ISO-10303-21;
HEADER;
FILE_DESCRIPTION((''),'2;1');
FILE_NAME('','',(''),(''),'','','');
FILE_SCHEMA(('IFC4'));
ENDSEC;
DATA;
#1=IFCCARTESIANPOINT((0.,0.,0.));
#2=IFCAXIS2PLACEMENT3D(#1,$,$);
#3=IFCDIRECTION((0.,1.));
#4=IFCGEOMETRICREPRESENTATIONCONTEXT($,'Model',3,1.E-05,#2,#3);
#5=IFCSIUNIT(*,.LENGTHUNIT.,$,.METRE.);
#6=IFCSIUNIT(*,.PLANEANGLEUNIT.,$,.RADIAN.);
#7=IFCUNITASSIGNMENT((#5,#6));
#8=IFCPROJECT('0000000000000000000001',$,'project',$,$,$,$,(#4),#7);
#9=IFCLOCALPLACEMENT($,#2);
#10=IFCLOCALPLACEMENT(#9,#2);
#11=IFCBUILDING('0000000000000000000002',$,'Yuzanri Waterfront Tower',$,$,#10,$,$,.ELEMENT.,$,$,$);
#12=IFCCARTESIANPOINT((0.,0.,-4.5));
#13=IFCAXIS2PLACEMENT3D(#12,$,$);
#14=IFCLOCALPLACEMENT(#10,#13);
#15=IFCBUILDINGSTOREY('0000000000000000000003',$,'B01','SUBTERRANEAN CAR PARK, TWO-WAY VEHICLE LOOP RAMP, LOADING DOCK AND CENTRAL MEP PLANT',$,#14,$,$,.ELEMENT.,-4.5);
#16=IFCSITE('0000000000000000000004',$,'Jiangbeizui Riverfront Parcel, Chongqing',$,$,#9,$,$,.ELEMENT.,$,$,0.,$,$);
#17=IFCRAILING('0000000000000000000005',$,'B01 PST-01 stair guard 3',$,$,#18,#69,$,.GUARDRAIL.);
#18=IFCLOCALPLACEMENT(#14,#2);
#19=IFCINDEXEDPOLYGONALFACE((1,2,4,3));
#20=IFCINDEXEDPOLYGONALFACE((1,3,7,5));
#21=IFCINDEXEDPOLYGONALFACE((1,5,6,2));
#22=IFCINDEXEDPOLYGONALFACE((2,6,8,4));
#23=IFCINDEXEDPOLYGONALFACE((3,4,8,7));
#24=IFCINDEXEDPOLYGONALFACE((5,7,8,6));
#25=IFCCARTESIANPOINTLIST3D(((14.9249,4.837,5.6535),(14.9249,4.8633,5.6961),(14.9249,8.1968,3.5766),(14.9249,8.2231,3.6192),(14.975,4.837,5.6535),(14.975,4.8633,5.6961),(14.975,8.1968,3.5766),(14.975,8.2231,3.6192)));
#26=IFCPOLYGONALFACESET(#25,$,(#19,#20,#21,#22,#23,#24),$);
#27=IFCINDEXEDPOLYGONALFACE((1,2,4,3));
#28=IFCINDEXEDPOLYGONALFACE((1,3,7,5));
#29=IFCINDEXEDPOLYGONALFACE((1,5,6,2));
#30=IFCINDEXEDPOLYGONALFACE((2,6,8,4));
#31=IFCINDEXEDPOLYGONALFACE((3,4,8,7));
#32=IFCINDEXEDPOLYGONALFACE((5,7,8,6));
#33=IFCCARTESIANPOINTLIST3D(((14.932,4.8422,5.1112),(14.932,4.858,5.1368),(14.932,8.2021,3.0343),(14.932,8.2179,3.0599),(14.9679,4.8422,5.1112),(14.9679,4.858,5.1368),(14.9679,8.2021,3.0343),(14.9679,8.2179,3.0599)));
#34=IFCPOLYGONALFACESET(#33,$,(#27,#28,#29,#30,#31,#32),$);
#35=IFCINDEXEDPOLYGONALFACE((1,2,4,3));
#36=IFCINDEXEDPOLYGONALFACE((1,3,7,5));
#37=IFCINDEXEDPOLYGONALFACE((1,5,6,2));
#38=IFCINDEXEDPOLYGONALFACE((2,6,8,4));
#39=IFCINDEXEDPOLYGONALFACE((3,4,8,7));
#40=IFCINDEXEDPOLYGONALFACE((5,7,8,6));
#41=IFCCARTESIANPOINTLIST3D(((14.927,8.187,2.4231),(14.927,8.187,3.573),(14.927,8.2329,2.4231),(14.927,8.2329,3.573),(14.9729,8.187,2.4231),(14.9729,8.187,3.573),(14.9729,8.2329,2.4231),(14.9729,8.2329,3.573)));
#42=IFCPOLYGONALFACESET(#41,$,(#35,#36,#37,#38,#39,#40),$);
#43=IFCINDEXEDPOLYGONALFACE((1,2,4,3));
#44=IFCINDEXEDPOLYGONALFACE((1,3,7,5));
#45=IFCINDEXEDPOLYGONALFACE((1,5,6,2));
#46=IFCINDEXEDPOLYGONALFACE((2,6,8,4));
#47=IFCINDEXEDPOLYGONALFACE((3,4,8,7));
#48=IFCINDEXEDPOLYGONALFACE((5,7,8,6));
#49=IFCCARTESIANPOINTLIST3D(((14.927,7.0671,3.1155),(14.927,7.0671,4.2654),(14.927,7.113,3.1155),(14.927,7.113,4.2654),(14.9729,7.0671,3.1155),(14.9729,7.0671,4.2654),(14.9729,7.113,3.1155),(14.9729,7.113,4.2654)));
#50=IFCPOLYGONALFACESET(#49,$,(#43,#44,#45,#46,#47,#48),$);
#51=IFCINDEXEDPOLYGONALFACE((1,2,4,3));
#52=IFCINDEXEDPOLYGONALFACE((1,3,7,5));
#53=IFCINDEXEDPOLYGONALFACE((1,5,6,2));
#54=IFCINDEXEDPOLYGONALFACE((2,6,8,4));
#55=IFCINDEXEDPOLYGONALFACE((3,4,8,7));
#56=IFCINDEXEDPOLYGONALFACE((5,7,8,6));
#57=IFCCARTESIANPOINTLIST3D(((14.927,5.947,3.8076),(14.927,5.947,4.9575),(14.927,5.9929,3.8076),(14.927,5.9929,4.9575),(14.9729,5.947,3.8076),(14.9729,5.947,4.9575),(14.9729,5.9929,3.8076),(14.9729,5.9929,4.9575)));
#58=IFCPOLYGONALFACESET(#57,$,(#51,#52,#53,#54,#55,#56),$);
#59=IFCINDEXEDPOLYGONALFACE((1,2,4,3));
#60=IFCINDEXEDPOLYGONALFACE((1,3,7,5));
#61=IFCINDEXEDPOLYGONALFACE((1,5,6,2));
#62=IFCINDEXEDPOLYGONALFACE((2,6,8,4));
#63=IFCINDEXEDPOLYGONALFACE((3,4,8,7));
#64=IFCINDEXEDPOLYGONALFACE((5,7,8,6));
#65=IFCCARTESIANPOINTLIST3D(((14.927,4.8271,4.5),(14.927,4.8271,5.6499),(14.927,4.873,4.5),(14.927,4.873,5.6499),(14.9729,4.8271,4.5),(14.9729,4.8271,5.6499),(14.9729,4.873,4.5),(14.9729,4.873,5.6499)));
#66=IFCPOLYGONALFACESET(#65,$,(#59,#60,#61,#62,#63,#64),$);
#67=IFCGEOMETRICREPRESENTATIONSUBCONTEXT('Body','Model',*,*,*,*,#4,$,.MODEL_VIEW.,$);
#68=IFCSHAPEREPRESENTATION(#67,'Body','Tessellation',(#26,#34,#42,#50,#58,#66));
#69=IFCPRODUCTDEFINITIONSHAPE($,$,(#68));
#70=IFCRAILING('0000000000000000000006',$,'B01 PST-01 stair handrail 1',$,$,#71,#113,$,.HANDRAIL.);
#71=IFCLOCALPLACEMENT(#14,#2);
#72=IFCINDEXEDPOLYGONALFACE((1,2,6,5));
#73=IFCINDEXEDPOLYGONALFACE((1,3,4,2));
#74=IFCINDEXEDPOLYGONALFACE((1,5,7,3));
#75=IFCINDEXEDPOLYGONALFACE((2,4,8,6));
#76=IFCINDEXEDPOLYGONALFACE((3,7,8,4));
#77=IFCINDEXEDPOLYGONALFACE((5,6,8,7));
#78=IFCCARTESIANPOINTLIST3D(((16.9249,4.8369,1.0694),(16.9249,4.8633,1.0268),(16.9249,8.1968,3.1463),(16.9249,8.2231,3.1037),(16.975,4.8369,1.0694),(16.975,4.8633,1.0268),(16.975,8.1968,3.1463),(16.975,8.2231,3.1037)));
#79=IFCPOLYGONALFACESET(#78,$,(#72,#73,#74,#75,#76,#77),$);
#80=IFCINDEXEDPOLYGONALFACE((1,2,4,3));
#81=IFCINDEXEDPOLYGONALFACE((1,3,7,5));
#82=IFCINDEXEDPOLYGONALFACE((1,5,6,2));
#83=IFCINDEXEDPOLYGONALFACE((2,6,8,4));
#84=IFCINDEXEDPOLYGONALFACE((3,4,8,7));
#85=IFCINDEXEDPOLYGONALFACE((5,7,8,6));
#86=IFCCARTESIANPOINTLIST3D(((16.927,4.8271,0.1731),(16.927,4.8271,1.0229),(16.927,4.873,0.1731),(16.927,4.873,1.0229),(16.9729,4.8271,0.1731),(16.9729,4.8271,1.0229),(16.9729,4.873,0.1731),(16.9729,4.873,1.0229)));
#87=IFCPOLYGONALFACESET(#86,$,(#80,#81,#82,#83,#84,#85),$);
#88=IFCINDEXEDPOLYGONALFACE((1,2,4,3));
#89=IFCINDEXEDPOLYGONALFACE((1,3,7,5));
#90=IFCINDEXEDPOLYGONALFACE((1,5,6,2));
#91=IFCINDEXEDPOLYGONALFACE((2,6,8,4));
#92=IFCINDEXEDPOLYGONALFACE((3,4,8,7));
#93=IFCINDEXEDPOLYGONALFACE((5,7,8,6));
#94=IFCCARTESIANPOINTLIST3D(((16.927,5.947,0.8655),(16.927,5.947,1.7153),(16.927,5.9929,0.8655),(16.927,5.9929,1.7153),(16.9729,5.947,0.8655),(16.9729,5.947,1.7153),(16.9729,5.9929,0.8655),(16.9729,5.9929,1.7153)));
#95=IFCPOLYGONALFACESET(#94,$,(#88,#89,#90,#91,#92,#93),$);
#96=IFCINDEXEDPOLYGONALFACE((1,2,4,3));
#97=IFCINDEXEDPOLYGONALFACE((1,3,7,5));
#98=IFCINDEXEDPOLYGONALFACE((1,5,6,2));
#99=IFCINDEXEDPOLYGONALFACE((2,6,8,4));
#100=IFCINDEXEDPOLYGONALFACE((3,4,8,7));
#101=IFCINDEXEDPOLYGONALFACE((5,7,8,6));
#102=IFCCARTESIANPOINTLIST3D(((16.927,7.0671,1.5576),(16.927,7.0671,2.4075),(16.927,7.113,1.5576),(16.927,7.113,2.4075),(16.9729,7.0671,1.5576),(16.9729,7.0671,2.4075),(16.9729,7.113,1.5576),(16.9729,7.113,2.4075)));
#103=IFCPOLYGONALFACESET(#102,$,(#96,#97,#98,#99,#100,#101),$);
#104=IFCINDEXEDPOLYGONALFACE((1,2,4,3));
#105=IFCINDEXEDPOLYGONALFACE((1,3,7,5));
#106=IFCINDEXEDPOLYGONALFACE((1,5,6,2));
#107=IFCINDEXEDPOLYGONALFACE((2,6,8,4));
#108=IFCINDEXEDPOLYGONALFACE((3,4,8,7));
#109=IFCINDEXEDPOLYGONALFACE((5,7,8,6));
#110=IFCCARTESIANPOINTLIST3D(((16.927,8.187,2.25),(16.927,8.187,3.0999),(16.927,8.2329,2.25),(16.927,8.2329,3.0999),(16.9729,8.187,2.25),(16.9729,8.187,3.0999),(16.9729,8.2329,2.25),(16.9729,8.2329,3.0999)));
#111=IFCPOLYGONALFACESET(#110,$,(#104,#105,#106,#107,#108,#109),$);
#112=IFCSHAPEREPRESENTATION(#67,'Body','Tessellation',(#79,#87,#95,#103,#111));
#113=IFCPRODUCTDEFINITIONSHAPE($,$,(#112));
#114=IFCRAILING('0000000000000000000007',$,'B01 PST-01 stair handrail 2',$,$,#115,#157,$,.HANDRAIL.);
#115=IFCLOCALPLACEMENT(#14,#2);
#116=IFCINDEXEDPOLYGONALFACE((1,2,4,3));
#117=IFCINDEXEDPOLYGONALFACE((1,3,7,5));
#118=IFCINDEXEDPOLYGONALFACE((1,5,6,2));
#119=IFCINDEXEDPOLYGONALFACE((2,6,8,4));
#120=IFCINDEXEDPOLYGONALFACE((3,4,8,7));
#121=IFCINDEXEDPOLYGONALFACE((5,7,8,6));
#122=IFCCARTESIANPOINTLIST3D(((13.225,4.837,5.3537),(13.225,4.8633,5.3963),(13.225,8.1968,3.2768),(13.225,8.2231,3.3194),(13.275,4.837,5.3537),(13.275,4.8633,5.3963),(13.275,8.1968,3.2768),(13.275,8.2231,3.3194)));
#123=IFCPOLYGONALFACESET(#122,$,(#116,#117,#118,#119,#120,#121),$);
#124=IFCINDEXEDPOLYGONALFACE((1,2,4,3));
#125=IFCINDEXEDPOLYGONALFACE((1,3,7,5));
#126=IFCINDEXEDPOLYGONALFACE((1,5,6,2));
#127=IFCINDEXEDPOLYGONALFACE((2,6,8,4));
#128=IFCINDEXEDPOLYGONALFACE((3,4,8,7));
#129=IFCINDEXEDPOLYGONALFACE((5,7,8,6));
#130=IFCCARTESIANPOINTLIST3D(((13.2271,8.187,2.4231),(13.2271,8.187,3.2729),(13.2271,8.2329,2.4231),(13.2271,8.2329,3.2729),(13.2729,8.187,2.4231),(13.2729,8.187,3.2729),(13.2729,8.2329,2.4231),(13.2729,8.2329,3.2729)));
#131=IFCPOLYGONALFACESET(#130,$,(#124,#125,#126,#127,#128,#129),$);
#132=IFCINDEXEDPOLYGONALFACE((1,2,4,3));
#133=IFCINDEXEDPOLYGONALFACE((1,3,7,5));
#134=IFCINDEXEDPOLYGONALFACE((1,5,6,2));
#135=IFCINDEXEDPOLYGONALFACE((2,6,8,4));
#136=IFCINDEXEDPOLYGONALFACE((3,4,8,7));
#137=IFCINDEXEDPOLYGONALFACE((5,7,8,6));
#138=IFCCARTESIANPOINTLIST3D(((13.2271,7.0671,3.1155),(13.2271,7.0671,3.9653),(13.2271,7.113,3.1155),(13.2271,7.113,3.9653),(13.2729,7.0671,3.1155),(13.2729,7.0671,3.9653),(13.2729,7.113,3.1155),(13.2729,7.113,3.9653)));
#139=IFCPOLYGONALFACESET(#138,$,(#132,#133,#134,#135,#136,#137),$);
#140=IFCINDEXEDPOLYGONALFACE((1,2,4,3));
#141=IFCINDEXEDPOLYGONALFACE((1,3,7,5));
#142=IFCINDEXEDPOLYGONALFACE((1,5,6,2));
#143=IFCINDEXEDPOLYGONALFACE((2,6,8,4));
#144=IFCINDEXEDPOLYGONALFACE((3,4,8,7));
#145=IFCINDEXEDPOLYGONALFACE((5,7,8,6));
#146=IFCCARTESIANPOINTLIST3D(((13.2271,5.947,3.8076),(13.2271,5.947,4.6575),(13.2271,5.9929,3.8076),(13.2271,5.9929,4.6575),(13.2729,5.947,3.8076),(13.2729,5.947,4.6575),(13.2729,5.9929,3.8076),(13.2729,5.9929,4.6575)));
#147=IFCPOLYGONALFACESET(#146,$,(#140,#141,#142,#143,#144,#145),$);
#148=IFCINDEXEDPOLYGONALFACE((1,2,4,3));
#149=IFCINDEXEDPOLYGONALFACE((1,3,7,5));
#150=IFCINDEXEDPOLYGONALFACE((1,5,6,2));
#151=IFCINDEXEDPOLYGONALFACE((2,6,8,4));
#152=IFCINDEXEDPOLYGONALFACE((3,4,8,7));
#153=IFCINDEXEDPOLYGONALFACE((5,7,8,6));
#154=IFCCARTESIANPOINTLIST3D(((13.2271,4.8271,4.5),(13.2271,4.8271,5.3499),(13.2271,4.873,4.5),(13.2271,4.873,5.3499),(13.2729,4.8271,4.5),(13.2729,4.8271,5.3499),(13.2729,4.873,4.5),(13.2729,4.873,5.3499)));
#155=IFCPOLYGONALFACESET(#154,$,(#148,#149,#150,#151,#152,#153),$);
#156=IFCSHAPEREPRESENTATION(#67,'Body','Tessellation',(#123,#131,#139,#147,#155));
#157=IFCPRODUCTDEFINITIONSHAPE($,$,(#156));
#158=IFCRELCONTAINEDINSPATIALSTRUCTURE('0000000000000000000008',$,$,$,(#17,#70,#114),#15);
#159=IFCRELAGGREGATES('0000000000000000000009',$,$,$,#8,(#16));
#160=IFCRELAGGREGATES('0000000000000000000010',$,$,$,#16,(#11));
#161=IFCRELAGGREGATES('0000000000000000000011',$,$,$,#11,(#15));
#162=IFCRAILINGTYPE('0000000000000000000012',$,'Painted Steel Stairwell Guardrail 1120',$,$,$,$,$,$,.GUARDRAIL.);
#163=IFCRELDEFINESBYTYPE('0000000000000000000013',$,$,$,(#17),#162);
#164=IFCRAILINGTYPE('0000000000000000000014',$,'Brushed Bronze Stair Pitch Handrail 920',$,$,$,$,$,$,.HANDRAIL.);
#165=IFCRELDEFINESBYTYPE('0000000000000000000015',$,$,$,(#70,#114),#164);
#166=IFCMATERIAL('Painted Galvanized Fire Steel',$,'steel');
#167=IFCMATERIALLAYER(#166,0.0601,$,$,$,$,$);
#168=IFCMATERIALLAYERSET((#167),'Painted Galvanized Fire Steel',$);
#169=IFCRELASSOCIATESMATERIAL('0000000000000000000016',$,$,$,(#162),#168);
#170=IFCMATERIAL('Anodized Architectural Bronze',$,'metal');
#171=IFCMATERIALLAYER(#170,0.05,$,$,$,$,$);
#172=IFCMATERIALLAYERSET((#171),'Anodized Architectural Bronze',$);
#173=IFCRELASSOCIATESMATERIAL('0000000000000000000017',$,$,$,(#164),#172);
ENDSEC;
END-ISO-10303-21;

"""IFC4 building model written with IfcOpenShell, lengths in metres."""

from ifc_helpers import new_model, si_unit, direction, frame, origin, origin_2d, place, context, subcontext, project, spatial, rectangle, extrude, source, transform, mapped, material, layer, layer_set, type_object, element, save


model = new_model("IFC4")

# Units and contexts
model_context = context("Model", 3, precision=1e-05, world=origin(), true_north=direction((0.0, 1.0)))
body_context = subcontext(model_context, "Body", "Model", "MODEL_VIEW")
ifc_project = project(units=[si_unit("LENGTHUNIT", "METRE"), si_unit("PLANEANGLEUNIT", "RADIAN")], contexts=[model_context])

# Site, building, storey
site_placement = place(None, origin())
site = spatial("IfcSite", under=ifc_project, at=site_placement, Name="Jiangbeizui Riverfront Parcel, Chongqing", CompositionType="ELEMENT", RefElevation=0.0)
building_placement = place(site_placement, origin())
building = spatial("IfcBuilding", under=site, at=building_placement, Name="Yuzanri Waterfront Tower", CompositionType="ELEMENT")
storey_placement = place(building_placement, frame((0.0, 0.0, -4.5)))
storey = spatial("IfcBuildingStorey", under=building, at=storey_placement, Name="B01", Description="SUBTERRANEAN CAR PARK, TWO-WAY VEHICLE LOOP RAMP, LOADING DOCK AND CENTRAL MEP PLANT", CompositionType="ELEMENT", Elevation=-4.5)

# Railings
ifc_material_1 = material(Name="Painted Galvanized Fire Steel", Category="steel")
ifc_layer_1 = layer(ifc_material_1, 0.0601)
ifc_layer_set_1 = layer_set([ifc_layer_1], Name="Painted Galvanized Fire Steel")
railing_type_1 = type_object("IfcRailingType", Name="Painted Steel Stairwell Guardrail 1120", PredefinedType="GUARDRAIL", material=ifc_layer_set_1)
shared_shape_1 = source(origin(), body_context, "Body", "SweptSolid", [
    extrude(rectangle(XDim=0.05, YDim=0.05, at=origin_2d()), frame((0.0, 0.0, 1.1748), z_axis=(0.0, -0.850606, 0.525803), x_axis=(1.0, 0.0, 0.0)), (0.0, 0.0, 1.0), 3.95),
    extrude(rectangle(XDim=0.0359, YDim=0.03, at=origin_2d()), frame((0.0, 0.0, 0.624), z_axis=(0.0, -0.850606, 0.525803), x_axis=(1.0, 0.0, 0.0)), (0.0, 0.0, 1.0), 3.95),
    extrude(rectangle(XDim=0.0459, YDim=0.0459, at=origin_2d()), origin(), (0.0, 0.0, 1.0), 1.1499),
    extrude(rectangle(XDim=0.0459, YDim=0.0459, at=origin_2d()), frame((0.0, -1.1199, 0.6924)), (0.0, 0.0, 1.0), 1.1499),
    extrude(rectangle(XDim=0.0459, YDim=0.0459, at=origin_2d()), frame((0.0, -2.24, 1.3845)), (0.0, 0.0, 1.0), 1.1499),
    extrude(rectangle(XDim=0.0459, YDim=0.0459, at=origin_2d()), frame((0.0, -3.3599, 2.0769)), (0.0, 0.0, 1.0), 1.1499),
])
railing_1_placement = place(storey_placement, frame((14.95, 8.21, 2.4231)))
element("IfcRailing", 1, at=railing_1_placement, inside=storey, type_object=railing_type_1, Name="B01 PST-01 stair guard 3", PredefinedType="GUARDRAIL", context=body_context, shape_type="MappedRepresentation", body=[
    mapped(shared_shape_1, transform((0.0, 0.0, 0.0), scale=1.0)),
])
ifc_material_2 = material(Name="Anodized Architectural Bronze", Category="metal")
ifc_layer_2 = layer(ifc_material_2, 0.05)
ifc_layer_set_2 = layer_set([ifc_layer_2], Name="Anodized Architectural Bronze")
railing_type_2 = type_object("IfcRailingType", Name="Brushed Bronze Stair Pitch Handrail 920", PredefinedType="HANDRAIL", material=ifc_layer_set_2)
shared_shape_2 = source(origin(), body_context, "Body", "SweptSolid", [
    extrude(rectangle(XDim=0.05, YDim=0.05, at=origin_2d()), frame((0.0, 0.0, 0.875), z_axis=(0.0, 0.850606, 0.525803), x_axis=(-1.0, 0.0, 0.0)), (0.0, 0.0, 1.0), 3.95),
    extrude(rectangle(XDim=0.0459, YDim=0.0459, at=origin_2d()), origin(), (0.0, 0.0, 1.0), 0.8499),
    extrude(rectangle(XDim=0.0459, YDim=0.0459, at=origin_2d()), frame((0.0, 1.1199, 0.6924)), (0.0, 0.0, 1.0), 0.8499),
    extrude(rectangle(XDim=0.0459, YDim=0.0459, at=origin_2d()), frame((0.0, 2.24, 1.3845)), (0.0, 0.0, 1.0), 0.8499),
    extrude(rectangle(XDim=0.0459, YDim=0.0459, at=origin_2d()), frame((0.0, 3.3599, 2.0769)), (0.0, 0.0, 1.0), 0.8499),
])
railing_2_placement = place(storey_placement, frame((16.95, 4.8501, 0.1731)))
element("IfcRailing", 2, at=railing_2_placement, inside=storey, type_object=railing_type_2, Name="B01 PST-01 stair handrail 1", PredefinedType="HANDRAIL", context=body_context, shape_type="MappedRepresentation", body=[
    mapped(shared_shape_2, transform((0.0, 0.0, 0.0), scale=1.0)),
])
shared_shape_3 = source(origin(), body_context, "Body", "SweptSolid", [
    extrude(rectangle(XDim=0.05, YDim=0.05, at=origin_2d()), frame((0.0, 0.0, 0.875), z_axis=(0.0, -0.850606, 0.525803), x_axis=(1.0, 0.0, 0.0)), (0.0, 0.0, 1.0), 3.95),
    extrude(rectangle(XDim=0.0459, YDim=0.0459, at=origin_2d()), origin(), (0.0, 0.0, 1.0), 0.8499),
    extrude(rectangle(XDim=0.0459, YDim=0.0459, at=origin_2d()), frame((0.0, -1.1199, 0.6924)), (0.0, 0.0, 1.0), 0.8499),
    extrude(rectangle(XDim=0.0459, YDim=0.0459, at=origin_2d()), frame((0.0, -2.24, 1.3845)), (0.0, 0.0, 1.0), 0.8499),
    extrude(rectangle(XDim=0.0459, YDim=0.0459, at=origin_2d()), frame((0.0, -3.3599, 2.0769)), (0.0, 0.0, 1.0), 0.8499),
])
railing_3_placement = place(storey_placement, frame((13.25, 8.21, 2.4231)))
element("IfcRailing", 3, at=railing_3_placement, inside=storey, type_object=railing_type_2, Name="B01 PST-01 stair handrail 2", PredefinedType="HANDRAIL", context=body_context, shape_type="MappedRepresentation", body=[
    mapped(shared_shape_3, transform((0.0, 0.0, 0.0), scale=1.0)),
])

save(model, "model.ifc")
